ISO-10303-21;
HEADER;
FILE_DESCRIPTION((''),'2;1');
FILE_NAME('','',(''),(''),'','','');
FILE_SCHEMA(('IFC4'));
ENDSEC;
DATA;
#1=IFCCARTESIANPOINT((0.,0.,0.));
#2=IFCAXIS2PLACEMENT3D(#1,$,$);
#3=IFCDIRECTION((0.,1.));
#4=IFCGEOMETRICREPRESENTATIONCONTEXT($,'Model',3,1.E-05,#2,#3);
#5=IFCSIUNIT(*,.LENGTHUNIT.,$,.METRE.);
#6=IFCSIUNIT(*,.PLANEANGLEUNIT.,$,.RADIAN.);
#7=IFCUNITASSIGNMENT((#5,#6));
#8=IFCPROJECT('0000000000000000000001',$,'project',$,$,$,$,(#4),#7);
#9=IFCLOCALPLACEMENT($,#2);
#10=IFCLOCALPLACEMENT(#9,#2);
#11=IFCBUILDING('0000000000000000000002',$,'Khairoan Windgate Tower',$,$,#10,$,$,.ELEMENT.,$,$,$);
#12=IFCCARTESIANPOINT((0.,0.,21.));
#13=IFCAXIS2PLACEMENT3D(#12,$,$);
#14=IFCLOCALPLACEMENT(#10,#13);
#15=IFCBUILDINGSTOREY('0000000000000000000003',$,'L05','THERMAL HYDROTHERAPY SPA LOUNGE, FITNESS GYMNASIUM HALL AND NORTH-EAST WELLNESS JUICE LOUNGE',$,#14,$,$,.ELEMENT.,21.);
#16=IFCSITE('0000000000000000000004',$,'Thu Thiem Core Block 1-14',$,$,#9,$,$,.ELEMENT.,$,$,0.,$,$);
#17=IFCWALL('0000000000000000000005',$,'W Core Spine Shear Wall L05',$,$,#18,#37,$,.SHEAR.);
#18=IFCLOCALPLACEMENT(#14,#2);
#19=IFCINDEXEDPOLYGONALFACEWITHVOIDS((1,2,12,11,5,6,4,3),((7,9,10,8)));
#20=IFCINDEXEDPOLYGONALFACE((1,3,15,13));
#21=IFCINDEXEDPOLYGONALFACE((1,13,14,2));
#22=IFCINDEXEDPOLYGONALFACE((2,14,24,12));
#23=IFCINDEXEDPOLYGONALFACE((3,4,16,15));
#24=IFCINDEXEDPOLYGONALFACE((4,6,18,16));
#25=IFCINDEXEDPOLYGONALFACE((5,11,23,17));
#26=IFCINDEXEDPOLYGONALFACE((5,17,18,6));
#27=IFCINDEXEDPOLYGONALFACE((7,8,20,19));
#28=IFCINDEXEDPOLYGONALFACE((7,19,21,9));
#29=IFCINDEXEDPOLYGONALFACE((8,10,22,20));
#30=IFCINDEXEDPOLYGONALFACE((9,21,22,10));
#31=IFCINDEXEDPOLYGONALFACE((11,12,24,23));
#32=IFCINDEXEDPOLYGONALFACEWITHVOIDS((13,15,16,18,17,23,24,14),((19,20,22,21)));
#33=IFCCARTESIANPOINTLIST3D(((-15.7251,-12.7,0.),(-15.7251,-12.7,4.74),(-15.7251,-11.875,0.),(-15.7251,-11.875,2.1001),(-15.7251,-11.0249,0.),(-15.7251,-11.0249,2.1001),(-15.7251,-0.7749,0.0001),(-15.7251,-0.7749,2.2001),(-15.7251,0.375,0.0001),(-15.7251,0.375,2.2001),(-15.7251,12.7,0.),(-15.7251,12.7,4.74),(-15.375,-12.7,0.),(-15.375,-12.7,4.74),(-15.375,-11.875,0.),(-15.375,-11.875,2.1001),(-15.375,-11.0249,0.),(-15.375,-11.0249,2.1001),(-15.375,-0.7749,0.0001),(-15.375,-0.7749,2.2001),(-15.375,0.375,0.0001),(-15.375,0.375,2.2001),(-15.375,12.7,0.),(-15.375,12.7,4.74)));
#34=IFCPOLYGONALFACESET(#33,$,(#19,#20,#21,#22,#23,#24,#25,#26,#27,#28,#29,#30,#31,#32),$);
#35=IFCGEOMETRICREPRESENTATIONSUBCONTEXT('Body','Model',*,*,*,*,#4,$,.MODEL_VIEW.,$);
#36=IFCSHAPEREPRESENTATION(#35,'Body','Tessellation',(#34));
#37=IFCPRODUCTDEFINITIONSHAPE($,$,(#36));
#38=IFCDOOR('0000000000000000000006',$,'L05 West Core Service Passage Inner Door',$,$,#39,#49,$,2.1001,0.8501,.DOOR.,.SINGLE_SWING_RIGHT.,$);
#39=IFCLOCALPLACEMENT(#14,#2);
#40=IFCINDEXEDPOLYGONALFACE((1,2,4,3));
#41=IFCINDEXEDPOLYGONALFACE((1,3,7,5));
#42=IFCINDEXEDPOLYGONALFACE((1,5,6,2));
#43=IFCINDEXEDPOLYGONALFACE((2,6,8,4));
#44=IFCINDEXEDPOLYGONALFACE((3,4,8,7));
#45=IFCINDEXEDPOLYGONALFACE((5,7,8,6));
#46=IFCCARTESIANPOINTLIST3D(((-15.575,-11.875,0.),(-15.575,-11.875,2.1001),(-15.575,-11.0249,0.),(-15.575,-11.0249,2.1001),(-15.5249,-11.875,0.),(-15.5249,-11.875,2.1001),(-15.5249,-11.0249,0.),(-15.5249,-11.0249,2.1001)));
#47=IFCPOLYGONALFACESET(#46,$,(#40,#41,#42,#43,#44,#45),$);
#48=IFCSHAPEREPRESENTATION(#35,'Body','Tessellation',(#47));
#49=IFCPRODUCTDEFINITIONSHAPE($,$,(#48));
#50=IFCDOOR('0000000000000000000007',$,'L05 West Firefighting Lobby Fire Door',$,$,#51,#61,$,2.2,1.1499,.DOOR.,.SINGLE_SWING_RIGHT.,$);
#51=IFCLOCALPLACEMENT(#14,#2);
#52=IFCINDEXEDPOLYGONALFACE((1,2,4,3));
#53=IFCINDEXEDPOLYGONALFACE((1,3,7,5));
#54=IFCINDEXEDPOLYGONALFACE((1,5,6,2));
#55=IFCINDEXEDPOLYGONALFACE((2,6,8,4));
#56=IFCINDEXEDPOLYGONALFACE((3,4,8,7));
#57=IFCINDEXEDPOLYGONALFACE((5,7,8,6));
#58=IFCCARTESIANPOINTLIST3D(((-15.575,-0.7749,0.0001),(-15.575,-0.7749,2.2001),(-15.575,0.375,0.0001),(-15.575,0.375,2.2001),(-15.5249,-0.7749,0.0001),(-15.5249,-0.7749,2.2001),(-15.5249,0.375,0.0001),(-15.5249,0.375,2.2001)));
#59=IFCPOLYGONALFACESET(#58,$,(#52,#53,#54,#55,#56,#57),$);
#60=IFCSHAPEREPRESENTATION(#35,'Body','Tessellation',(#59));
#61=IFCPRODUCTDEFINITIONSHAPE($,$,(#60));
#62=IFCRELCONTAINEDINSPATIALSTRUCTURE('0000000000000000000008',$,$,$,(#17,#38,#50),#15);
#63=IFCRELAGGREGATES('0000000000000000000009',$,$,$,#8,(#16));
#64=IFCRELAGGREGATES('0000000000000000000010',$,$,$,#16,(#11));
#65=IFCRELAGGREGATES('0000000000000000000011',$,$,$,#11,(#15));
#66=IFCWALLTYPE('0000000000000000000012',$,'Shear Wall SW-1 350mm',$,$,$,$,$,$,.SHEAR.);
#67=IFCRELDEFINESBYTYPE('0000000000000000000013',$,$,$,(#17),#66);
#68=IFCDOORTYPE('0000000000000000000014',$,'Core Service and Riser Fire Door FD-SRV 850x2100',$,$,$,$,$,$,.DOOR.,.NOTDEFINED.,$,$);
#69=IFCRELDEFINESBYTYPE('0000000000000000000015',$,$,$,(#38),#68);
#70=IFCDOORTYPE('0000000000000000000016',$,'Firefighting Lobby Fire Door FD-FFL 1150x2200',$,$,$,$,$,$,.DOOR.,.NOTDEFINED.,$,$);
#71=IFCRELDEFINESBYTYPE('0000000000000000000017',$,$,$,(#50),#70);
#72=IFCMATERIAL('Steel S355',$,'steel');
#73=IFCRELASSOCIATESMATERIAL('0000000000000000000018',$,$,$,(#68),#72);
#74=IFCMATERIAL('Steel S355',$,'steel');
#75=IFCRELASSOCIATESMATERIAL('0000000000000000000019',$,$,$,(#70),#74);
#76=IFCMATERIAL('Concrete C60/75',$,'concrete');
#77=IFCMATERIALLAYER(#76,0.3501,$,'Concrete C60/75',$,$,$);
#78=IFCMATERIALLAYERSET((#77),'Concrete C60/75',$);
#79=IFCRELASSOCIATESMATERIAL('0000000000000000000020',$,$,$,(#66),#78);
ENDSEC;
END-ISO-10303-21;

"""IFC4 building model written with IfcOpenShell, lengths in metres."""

from ifc_helpers import new_model, si_unit, direction, frame, frame_2d, origin, place, context, subcontext, project, spatial, rectangle, extrude, material, layer, layer_set, type_object, element, fill, save


model = new_model("IFC4")

# Units and contexts
model_context = context("Model", 3, precision=1e-05, world=origin(), true_north=direction((0.0, 1.0)))
body_context = subcontext(model_context, "Body", "Model", "MODEL_VIEW")
ifc_project = project(units=[si_unit("LENGTHUNIT", "METRE"), si_unit("PLANEANGLEUNIT", "RADIAN")], contexts=[model_context])

# Site, building, storey
site_placement = place(None, origin())
site = spatial("IfcSite", under=ifc_project, at=site_placement, Name="Thu Thiem Core Block 1-14", CompositionType="ELEMENT", RefElevation=0.0)
building_placement = place(site_placement, origin())
building = spatial("IfcBuilding", under=site, at=building_placement, Name="Khairoan Windgate Tower", CompositionType="ELEMENT")
storey_placement = place(building_placement, frame((0.0, 0.0, 21.0)))
storey = spatial("IfcBuildingStorey", under=building, at=storey_placement, Name="L05", Description="THERMAL HYDROTHERAPY SPA LOUNGE, FITNESS GYMNASIUM HALL AND NORTH-EAST WELLNESS JUICE LOUNGE", CompositionType="ELEMENT", Elevation=21.0)

# Shared definitions
ifc_material_1 = material(Name="Steel S355", Category="steel")
door_type_1 = type_object("IfcDoorType", Name="Core Service and Riser Fire Door FD-SRV 850x2100", OperationType="NOTDEFINED", PredefinedType="DOOR", material=ifc_material_1)

# Wall, openings, doors
ifc_material_2 = material(Name="Steel S355", Category="steel")
door_type_2 = type_object("IfcDoorType", Name="Firefighting Lobby Fire Door FD-FFL 1150x2200", OperationType="NOTDEFINED", PredefinedType="DOOR", material=ifc_material_2)
ifc_material_3 = material(Name="Concrete C60/75", Category="concrete")
ifc_layer_1 = layer(ifc_material_3, 0.3501, Name="Concrete C60/75")
ifc_layer_set_1 = layer_set([ifc_layer_1], Name="Concrete C60/75")
wall_type_1 = type_object("IfcWallType", Name="Shear Wall SW-1 350mm", PredefinedType="SHEAR", material=ifc_layer_set_1)
wall_1_placement = place(storey_placement, frame((-15.55, -12.7, 0.0), z_axis=(0.0, 0.0, 1.0), x_axis=(0.0, 1.0, 0.0)))
wall_1 = element("IfcWall", 1, at=wall_1_placement, inside=storey, type_object=wall_type_1, Name="W Core Spine Shear Wall L05", PredefinedType="SHEAR", context=body_context, shape_type="SweptSolid", body=[
    extrude(rectangle(XDim=25.3999, YDim=0.3501, at=frame_2d((12.7, 0.0))), origin(), (0.0, 0.0, 1.0), 4.74),
])
opening_1_placement = place(wall_1_placement, frame((11.925, 0.0, 0.0)))
opening_1 = element("IfcOpeningElement", 2, at=opening_1_placement, cuts=wall_1, PredefinedType="OPENING", context=body_context, shape_type="SweptSolid", body=[
    extrude(rectangle(XDim=1.1499, YDim=2.2, at=frame_2d((0.575, 1.1001))), frame((0.0, 0.1851, 0.0), z_axis=(0.0, -1.0, 0.0), x_axis=(1.0, 0.0, 0.0)), (0.0, 0.0, 1.0), 0.3701),
])
opening_2_placement = place(wall_1_placement, frame((0.825, 0.0, 0.0)))
opening_2 = element("IfcOpeningElement", 3, at=opening_2_placement, cuts=wall_1, PredefinedType="OPENING", context=body_context, shape_type="SweptSolid", body=[
    extrude(rectangle(XDim=0.8501, YDim=2.1001, at=frame_2d((0.425, 1.05))), frame((0.0, 0.1851, 0.0), z_axis=(0.0, -1.0, 0.0), x_axis=(1.0, 0.0, 0.0)), (0.0, 0.0, 1.0), 0.3701),
])
door_1_placement = place(opening_2_placement, origin())
door_1 = element("IfcDoor", 4, at=door_1_placement, inside=storey, type_object=door_type_1, Name="L05 West Core Service Passage Inner Door", OperationType="SINGLE_SWING_RIGHT", OverallHeight=2.1001, OverallWidth=0.8501, PredefinedType="DOOR", context=body_context, shape_type="SweptSolid", body=[
    extrude(rectangle(XDim=0.8501, YDim=2.1001, at=frame_2d((0.425, 1.05))), frame((0.0, 0.0249, 0.0), z_axis=(0.0, -1.0, 0.0), x_axis=(1.0, 0.0, 0.0)), (0.0, 0.0, 1.0), 0.05),
])
fill(opening_2, door_1)
door_2_placement = place(opening_1_placement, origin())
door_2 = element("IfcDoor", 5, at=door_2_placement, inside=storey, type_object=door_type_2, Name="L05 West Firefighting Lobby Fire Door", OperationType="SINGLE_SWING_RIGHT", OverallHeight=2.2, OverallWidth=1.1499, PredefinedType="DOOR", context=body_context, shape_type="SweptSolid", body=[
    extrude(rectangle(XDim=1.1499, YDim=2.2, at=frame_2d((0.575, 1.1001))), frame((0.0, 0.0249, 0.0), z_axis=(0.0, -1.0, 0.0), x_axis=(1.0, 0.0, 0.0)), (0.0, 0.0, 1.0), 0.05),
])
fill(opening_1, door_2)

save(model, "model.ifc")
